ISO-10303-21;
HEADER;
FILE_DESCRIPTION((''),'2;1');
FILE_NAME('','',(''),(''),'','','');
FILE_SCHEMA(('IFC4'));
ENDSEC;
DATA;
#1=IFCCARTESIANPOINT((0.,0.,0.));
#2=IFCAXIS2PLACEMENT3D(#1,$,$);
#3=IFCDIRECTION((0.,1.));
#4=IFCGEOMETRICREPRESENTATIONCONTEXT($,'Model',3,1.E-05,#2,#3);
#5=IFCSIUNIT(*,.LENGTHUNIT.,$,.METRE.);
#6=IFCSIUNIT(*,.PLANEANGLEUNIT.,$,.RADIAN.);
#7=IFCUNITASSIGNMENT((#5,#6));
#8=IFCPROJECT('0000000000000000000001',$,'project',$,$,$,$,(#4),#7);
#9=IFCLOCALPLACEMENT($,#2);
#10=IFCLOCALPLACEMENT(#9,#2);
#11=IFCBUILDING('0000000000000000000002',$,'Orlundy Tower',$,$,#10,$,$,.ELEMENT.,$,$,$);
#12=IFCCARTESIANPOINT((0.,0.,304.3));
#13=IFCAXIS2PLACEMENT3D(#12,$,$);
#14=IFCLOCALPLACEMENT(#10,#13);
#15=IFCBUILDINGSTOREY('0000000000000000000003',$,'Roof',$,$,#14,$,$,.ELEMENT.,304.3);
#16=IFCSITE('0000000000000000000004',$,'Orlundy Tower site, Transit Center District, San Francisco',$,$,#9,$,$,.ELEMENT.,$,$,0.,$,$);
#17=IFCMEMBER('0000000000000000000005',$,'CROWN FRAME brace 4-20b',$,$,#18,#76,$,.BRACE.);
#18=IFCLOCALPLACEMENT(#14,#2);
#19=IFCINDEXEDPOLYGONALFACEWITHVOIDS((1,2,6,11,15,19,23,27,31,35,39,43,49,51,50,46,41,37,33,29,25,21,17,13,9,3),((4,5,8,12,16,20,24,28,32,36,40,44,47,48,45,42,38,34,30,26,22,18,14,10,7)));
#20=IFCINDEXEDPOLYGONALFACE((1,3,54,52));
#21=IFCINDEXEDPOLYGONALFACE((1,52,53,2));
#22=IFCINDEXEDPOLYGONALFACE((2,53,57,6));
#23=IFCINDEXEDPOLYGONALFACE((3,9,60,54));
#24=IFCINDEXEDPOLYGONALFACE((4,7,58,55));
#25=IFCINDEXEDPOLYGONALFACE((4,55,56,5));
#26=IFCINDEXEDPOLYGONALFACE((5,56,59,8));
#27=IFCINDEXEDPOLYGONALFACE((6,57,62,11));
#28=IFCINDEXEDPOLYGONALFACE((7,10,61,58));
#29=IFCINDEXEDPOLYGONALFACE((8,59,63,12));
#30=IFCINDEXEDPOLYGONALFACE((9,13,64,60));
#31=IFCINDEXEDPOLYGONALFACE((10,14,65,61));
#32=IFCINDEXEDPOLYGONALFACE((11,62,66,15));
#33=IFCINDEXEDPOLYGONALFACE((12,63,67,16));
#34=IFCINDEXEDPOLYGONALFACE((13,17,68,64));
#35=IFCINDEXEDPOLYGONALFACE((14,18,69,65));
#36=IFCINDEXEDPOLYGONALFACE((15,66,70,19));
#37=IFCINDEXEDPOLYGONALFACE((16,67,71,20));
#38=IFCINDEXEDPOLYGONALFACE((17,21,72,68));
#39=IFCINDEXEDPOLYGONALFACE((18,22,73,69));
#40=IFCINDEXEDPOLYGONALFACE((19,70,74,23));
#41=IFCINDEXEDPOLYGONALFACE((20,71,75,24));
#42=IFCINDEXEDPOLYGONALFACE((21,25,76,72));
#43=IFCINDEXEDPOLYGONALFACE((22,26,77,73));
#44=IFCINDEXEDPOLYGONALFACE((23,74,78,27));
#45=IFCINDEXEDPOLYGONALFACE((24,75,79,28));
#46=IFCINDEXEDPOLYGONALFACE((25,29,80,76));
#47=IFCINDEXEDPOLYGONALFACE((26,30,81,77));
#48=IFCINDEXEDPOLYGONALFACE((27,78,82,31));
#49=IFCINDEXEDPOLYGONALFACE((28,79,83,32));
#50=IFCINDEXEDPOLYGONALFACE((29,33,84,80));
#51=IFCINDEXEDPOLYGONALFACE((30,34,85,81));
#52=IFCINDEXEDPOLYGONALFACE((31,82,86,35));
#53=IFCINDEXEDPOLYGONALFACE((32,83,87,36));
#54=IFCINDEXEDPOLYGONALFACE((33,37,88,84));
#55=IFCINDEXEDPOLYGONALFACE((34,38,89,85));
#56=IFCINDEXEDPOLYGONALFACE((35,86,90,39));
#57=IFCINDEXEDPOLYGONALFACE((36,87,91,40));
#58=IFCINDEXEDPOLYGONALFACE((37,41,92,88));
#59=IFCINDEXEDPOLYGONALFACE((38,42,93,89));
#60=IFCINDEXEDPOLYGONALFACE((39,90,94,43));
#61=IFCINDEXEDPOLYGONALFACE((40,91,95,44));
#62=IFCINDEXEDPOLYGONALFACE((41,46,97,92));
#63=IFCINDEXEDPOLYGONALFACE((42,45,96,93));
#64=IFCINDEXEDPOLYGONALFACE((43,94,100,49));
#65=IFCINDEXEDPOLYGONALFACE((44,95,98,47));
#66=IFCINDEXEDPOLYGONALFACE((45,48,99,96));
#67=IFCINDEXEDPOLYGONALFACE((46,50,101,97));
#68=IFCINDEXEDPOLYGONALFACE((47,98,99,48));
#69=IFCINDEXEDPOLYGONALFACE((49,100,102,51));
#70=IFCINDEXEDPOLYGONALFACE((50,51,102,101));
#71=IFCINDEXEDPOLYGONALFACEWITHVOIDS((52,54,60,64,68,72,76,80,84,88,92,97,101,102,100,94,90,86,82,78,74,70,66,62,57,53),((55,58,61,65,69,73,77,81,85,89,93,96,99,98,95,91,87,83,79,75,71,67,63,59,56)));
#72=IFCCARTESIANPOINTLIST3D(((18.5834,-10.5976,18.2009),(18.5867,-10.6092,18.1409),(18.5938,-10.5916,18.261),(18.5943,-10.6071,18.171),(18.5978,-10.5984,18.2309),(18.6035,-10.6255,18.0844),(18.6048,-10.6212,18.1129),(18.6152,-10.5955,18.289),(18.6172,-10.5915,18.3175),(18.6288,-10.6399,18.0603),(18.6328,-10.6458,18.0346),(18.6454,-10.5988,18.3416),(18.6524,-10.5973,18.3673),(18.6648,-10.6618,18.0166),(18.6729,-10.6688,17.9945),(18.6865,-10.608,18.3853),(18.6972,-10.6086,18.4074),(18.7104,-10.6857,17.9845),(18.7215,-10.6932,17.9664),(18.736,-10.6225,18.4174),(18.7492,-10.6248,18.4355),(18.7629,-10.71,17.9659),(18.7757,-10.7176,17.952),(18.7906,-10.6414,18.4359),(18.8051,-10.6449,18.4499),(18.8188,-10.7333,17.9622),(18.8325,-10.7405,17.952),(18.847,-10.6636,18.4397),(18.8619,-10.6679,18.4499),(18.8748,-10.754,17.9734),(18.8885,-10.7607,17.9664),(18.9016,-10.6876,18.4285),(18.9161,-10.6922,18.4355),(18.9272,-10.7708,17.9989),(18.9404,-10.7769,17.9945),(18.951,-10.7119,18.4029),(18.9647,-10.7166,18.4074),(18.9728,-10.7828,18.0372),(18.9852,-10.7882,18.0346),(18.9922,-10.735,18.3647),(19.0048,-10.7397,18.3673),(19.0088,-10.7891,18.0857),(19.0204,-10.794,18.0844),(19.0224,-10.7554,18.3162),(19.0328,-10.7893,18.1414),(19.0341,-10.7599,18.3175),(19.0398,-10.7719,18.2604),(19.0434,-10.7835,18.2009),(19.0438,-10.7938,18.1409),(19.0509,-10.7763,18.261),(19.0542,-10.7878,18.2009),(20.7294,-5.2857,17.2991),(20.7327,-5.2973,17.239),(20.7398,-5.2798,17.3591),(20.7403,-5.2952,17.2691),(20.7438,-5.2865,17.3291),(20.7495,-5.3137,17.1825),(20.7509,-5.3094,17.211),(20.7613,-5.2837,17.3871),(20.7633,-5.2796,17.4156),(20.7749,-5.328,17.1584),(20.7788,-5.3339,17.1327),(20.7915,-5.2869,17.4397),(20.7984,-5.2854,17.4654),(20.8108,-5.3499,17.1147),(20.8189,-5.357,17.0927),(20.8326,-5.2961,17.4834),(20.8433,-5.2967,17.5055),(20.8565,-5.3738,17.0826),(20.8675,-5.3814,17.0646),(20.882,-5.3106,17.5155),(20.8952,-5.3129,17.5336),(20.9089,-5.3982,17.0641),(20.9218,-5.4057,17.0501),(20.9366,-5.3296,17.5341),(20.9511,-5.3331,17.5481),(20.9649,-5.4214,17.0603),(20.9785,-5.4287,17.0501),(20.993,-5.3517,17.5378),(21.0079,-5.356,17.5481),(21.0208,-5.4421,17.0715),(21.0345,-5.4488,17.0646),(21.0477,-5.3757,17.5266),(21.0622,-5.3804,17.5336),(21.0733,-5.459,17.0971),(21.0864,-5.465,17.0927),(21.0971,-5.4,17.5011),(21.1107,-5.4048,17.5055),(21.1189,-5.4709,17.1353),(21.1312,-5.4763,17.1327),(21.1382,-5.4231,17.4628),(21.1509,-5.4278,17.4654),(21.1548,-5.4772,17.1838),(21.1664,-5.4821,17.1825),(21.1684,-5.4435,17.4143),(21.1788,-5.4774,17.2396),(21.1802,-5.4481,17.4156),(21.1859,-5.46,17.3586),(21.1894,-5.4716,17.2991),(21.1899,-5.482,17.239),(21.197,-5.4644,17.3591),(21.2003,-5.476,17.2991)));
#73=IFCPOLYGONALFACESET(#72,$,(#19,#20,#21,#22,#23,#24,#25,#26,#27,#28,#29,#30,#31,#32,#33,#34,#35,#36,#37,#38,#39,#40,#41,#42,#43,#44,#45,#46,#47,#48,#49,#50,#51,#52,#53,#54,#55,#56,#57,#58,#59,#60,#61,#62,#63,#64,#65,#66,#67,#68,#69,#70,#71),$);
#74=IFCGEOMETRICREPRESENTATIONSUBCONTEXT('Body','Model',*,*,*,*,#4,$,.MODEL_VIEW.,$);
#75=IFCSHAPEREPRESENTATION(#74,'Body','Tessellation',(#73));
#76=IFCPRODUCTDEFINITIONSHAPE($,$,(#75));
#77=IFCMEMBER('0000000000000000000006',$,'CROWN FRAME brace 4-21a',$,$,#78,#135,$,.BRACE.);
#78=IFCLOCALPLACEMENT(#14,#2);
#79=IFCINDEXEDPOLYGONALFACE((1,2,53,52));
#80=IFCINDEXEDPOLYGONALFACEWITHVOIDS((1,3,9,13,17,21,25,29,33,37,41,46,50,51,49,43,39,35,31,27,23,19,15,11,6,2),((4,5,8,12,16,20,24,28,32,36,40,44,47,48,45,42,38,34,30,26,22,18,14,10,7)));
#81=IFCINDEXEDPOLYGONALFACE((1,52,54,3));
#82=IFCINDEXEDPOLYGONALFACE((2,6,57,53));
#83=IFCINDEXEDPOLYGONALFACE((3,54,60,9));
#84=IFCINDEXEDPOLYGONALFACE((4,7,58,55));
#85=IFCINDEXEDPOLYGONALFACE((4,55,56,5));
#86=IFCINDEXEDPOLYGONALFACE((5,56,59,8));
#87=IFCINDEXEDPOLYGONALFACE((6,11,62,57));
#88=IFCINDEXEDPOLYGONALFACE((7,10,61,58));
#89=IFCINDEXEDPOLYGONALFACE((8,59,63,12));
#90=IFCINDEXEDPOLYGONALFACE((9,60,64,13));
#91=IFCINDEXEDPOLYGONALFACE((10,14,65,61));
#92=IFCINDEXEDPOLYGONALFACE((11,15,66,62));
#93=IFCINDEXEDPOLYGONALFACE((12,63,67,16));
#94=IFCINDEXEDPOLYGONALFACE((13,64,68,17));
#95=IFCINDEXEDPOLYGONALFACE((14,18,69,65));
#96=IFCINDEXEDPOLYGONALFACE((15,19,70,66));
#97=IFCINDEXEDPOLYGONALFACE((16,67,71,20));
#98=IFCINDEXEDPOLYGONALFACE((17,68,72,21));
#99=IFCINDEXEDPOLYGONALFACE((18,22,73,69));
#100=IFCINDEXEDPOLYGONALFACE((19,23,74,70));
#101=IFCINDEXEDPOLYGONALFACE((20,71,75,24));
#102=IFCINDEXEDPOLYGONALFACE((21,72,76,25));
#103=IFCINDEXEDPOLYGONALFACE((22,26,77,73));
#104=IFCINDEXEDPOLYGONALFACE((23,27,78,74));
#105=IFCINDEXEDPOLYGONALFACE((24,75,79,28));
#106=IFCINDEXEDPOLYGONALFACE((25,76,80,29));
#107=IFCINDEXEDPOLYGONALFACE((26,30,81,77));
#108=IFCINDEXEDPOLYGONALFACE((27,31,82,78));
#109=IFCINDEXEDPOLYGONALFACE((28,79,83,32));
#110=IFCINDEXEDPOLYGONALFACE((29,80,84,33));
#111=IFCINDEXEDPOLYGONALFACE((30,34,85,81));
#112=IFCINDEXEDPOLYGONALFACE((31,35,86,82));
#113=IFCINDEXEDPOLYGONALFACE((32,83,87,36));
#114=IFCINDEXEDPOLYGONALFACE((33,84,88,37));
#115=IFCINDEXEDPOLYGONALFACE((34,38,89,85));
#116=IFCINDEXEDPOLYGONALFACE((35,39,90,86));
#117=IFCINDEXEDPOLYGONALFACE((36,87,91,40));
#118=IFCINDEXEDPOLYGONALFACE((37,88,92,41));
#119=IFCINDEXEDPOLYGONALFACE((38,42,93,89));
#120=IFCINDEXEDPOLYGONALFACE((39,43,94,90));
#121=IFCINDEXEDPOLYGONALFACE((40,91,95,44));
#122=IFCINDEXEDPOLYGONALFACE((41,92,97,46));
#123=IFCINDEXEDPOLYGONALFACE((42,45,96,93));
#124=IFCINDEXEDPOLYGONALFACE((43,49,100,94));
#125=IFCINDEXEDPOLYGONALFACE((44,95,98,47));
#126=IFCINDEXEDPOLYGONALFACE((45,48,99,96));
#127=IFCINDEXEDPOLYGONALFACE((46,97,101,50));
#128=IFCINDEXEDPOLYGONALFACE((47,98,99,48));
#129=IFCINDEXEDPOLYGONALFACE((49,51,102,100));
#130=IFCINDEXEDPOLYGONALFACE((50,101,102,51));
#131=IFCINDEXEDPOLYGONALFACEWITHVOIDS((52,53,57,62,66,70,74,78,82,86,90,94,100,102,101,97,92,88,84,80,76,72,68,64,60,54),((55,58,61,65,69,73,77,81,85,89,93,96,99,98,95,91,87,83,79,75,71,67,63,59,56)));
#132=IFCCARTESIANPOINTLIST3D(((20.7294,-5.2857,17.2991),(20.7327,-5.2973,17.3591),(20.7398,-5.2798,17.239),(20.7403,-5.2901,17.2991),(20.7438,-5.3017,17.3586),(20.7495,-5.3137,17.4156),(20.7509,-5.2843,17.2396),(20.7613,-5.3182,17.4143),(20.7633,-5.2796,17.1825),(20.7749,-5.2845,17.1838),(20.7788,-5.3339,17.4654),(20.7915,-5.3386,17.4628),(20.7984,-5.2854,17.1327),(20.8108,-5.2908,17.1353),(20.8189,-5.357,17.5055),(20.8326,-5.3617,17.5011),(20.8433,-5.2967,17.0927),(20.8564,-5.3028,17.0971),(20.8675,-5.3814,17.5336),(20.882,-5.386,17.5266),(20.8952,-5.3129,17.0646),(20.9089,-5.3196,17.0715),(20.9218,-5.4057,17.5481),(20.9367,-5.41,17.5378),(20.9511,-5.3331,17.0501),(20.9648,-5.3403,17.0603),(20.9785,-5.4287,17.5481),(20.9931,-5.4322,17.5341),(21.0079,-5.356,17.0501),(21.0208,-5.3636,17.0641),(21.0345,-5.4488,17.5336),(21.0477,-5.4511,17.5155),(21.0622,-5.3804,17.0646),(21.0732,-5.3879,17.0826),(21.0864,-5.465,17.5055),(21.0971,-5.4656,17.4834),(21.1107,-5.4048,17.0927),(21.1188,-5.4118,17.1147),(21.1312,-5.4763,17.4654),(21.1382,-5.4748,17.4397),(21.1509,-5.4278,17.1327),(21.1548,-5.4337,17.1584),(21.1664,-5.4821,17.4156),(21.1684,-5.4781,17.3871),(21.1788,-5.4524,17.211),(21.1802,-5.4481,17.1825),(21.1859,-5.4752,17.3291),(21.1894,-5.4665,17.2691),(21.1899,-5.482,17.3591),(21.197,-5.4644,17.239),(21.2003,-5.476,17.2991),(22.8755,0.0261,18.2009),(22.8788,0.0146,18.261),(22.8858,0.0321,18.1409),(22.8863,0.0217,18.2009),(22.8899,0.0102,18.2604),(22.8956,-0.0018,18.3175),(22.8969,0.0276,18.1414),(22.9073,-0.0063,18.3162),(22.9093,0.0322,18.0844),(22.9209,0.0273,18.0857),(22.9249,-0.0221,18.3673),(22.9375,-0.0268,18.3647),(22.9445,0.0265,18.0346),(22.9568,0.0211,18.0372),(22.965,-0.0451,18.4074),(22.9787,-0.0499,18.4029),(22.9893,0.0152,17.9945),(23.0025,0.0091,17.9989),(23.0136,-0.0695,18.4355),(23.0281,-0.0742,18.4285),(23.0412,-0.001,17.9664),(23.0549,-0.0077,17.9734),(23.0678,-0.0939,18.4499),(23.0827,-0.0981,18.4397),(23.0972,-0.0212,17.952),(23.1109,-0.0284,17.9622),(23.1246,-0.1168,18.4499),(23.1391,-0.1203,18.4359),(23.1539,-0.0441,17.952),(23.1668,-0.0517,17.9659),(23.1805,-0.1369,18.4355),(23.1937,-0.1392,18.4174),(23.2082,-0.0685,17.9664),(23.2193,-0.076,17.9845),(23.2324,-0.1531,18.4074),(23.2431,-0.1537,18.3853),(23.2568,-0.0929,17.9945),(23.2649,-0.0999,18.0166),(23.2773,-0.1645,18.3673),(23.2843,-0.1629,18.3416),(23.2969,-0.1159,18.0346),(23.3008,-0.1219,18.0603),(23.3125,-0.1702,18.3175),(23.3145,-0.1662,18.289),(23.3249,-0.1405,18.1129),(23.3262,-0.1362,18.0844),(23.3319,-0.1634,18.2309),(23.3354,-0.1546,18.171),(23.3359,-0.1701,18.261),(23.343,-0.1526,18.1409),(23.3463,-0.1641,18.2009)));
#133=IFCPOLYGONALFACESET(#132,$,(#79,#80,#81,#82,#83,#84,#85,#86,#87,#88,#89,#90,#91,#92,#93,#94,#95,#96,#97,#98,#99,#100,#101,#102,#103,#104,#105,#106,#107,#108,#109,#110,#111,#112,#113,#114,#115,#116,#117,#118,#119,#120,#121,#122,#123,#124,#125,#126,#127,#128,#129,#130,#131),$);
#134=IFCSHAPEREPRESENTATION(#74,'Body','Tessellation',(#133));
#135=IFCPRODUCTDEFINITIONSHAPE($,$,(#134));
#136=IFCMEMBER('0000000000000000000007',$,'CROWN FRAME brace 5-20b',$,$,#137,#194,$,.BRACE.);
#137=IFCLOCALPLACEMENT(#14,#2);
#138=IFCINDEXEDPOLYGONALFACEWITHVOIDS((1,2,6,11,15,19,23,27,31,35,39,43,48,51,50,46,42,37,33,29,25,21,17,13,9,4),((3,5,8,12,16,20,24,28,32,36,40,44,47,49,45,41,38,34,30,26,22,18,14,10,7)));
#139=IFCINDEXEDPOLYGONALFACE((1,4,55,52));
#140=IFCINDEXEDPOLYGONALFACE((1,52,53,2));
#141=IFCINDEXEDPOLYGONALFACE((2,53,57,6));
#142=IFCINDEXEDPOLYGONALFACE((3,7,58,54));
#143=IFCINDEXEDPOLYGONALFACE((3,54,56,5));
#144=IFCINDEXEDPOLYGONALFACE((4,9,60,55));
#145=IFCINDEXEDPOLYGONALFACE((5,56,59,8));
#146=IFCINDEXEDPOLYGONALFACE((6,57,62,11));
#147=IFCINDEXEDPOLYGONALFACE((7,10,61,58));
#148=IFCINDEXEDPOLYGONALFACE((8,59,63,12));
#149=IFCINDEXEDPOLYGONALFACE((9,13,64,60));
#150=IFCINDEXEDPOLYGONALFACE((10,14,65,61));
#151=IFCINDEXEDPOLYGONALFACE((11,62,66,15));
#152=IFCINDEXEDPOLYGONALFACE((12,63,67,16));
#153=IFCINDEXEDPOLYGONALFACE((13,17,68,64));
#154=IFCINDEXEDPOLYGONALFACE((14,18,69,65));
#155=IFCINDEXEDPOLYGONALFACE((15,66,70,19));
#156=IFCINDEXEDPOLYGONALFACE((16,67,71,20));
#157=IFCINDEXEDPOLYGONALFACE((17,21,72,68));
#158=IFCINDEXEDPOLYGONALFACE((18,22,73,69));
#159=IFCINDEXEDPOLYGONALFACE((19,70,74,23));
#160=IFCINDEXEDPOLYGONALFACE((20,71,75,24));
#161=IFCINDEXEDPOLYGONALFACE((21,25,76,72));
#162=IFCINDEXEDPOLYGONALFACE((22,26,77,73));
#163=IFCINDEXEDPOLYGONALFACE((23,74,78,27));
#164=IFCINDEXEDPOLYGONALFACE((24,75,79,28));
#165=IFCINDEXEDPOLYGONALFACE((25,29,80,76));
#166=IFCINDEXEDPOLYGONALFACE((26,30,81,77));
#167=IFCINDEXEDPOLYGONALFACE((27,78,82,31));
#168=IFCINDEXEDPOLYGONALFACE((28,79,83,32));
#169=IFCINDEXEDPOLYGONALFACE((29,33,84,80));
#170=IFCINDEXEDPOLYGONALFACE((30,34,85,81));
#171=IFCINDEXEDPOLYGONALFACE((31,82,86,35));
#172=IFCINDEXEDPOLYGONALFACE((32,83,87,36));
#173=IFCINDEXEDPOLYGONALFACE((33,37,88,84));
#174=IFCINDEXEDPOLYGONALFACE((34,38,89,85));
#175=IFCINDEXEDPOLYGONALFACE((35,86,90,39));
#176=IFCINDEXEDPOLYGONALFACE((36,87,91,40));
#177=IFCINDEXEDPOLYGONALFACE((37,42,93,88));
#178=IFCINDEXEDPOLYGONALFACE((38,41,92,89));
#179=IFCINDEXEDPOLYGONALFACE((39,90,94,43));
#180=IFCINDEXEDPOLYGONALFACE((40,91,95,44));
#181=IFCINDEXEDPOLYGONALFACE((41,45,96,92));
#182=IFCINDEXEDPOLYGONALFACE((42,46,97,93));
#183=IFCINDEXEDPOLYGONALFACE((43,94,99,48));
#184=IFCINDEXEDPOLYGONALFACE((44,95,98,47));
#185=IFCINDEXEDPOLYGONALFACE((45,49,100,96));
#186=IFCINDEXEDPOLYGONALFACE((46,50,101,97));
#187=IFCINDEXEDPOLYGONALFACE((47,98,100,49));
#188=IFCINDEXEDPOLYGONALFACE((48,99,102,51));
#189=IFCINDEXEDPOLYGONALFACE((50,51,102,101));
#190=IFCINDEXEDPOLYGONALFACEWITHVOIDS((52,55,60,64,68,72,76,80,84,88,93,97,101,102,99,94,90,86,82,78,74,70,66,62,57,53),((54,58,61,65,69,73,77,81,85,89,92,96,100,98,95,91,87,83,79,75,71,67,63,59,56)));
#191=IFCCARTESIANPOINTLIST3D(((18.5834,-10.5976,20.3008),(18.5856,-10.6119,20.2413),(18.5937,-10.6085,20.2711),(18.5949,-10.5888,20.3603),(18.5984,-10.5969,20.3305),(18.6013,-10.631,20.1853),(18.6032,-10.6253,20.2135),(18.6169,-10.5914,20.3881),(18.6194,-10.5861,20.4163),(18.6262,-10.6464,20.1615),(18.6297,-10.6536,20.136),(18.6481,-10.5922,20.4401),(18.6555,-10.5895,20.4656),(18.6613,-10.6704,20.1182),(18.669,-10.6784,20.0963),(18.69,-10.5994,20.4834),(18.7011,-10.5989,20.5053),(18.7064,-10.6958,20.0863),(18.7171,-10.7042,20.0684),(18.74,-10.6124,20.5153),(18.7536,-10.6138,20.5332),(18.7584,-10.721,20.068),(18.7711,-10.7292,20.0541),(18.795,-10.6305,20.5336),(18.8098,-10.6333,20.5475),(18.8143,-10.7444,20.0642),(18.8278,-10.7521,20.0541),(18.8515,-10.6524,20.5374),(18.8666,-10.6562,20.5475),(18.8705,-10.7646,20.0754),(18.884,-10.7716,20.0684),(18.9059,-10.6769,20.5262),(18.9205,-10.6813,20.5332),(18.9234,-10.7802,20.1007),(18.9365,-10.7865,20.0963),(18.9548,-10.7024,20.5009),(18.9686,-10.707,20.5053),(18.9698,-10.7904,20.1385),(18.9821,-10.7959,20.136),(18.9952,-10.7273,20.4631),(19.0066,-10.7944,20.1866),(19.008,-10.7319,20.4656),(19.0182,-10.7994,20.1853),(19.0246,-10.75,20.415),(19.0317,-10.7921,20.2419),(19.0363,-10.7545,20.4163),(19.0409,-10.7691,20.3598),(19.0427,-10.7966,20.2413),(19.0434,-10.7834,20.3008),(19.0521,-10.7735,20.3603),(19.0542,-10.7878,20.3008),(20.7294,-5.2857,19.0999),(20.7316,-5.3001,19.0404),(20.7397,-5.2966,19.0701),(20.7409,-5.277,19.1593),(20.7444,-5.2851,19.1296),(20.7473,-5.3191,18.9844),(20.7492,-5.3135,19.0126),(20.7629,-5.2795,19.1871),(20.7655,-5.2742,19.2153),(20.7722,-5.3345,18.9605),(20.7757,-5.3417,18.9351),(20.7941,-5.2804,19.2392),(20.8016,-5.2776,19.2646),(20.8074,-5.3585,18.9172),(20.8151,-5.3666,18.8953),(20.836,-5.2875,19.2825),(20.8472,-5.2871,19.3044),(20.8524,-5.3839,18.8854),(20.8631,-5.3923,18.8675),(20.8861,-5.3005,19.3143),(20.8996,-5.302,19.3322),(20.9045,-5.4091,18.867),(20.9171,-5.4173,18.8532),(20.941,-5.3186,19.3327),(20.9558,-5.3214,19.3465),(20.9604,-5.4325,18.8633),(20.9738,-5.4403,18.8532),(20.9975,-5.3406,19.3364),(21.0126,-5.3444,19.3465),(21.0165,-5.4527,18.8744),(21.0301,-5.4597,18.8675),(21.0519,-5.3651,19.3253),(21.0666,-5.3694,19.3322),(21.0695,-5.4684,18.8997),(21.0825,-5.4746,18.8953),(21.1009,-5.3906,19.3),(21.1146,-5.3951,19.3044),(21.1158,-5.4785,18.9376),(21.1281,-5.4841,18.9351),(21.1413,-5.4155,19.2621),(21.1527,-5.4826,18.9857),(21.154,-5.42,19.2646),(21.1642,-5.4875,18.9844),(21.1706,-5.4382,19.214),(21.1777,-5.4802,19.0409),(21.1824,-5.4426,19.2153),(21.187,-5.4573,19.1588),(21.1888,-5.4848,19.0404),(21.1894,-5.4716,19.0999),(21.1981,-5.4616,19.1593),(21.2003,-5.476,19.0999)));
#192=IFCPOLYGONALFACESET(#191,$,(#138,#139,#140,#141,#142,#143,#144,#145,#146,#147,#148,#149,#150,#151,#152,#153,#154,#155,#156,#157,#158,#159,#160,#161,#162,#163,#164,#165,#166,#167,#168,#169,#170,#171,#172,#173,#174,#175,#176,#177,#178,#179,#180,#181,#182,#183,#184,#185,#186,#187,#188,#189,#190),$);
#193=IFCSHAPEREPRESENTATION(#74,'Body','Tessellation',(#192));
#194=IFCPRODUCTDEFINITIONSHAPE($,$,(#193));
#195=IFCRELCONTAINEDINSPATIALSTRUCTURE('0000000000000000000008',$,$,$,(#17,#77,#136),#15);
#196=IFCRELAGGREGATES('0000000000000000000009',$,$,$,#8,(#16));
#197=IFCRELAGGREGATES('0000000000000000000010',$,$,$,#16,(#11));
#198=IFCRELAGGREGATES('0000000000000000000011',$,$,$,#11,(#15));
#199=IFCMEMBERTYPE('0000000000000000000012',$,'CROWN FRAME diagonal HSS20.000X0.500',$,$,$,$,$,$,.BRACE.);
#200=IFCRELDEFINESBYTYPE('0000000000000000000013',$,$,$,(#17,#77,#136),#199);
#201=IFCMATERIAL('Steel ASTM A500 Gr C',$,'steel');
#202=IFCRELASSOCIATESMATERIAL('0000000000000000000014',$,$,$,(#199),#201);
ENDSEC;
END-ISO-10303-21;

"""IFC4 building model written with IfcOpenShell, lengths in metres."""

from ifc_helpers import new_model, si_unit, direction, frame, origin, origin_2d, place, context, subcontext, project, spatial, hollow_circle, extrude, material, material_profile, profile_set, type_object, element, save


model = new_model("IFC4")

# Units and contexts
model_context = context("Model", 3, precision=1e-05, world=origin(), true_north=direction((0.0, 1.0)))
body_context = subcontext(model_context, "Body", "Model", "MODEL_VIEW")
ifc_project = project(units=[si_unit("LENGTHUNIT", "METRE"), si_unit("PLANEANGLEUNIT", "RADIAN")], contexts=[model_context])

# Site, building, storey
site_placement = place(None, origin())
site = spatial("IfcSite", under=ifc_project, at=site_placement, Name="Orlundy Tower site, Transit Center District, San Francisco", CompositionType="ELEMENT", RefElevation=0.0)
building_placement = place(site_placement, origin())
building = spatial("IfcBuilding", under=site, at=building_placement, Name="Orlundy Tower", CompositionType="ELEMENT")
storey_placement = place(building_placement, frame((0.0, 0.0, 304.3)))
storey = spatial("IfcBuildingStorey", under=building, at=storey_placement, Name="Roof", CompositionType="ELEMENT", Elevation=304.3)

# Members
ifc_material_1 = material(Name="Steel ASTM A500 Gr C", Category="steel")
ifc_material_profile_1 = material_profile(ifc_material_1, hollow_circle(Radius=0.2539, WallThickness=0.0117, at=origin_2d()), Name="HSS20.000X0.500")
ifc_profile_set_1 = profile_set([ifc_material_profile_1], Name="Steel ASTM A500 Gr C")
member_type_1 = type_object("IfcMemberType", Name="CROWN FRAME diagonal HSS20.000X0.500", PredefinedType="BRACE", material=ifc_profile_set_1)
for number, where, z_axis, x_axis, name in (
    (1, (20.9648, -5.3809, 17.2991), (-0.370035, -0.91591, 0.155507), (0.92719, -0.374592, 0.0), "CROWN FRAME brace 4-20b"),
    (2, (20.9648, -5.3809, 17.2991), (0.370035, 0.91591, 0.155507), (-0.92719, 0.374592, 0.0), "CROWN FRAME brace 4-21a"),
):
    element("IfcMember", number, at=place(storey_placement, frame(where, z_axis=z_axis, x_axis=x_axis)), inside=storey, type_object=member_type_1, Name=name, PredefinedType="BRACE", context=body_context, shape_type="SweptSolid", body=[
        extrude(hollow_circle(Radius=0.2539, WallThickness=0.0117, at=origin_2d()), origin(), (0.0, 0.0, 1.0), 5.7996),
    ])
for number, where, z_axis, x_axis, name in (
    (3, (20.9648, -5.3809, 19.0999), (-0.366623, -0.907466, 0.205167), (0.92719, -0.374592, 0.0), "CROWN FRAME brace 5-20b"),
):
    element("IfcMember", number, at=place(storey_placement, frame(where, z_axis=z_axis, x_axis=x_axis)), inside=storey, type_object=member_type_1, Name=name, PredefinedType="BRACE", context=body_context, shape_type="SweptSolid", body=[
        extrude(hollow_circle(Radius=0.2539, WallThickness=0.0117, at=origin_2d()), origin(), (0.0, 0.0, 1.0), 5.8535),
    ])

save(model, "model.ifc")
